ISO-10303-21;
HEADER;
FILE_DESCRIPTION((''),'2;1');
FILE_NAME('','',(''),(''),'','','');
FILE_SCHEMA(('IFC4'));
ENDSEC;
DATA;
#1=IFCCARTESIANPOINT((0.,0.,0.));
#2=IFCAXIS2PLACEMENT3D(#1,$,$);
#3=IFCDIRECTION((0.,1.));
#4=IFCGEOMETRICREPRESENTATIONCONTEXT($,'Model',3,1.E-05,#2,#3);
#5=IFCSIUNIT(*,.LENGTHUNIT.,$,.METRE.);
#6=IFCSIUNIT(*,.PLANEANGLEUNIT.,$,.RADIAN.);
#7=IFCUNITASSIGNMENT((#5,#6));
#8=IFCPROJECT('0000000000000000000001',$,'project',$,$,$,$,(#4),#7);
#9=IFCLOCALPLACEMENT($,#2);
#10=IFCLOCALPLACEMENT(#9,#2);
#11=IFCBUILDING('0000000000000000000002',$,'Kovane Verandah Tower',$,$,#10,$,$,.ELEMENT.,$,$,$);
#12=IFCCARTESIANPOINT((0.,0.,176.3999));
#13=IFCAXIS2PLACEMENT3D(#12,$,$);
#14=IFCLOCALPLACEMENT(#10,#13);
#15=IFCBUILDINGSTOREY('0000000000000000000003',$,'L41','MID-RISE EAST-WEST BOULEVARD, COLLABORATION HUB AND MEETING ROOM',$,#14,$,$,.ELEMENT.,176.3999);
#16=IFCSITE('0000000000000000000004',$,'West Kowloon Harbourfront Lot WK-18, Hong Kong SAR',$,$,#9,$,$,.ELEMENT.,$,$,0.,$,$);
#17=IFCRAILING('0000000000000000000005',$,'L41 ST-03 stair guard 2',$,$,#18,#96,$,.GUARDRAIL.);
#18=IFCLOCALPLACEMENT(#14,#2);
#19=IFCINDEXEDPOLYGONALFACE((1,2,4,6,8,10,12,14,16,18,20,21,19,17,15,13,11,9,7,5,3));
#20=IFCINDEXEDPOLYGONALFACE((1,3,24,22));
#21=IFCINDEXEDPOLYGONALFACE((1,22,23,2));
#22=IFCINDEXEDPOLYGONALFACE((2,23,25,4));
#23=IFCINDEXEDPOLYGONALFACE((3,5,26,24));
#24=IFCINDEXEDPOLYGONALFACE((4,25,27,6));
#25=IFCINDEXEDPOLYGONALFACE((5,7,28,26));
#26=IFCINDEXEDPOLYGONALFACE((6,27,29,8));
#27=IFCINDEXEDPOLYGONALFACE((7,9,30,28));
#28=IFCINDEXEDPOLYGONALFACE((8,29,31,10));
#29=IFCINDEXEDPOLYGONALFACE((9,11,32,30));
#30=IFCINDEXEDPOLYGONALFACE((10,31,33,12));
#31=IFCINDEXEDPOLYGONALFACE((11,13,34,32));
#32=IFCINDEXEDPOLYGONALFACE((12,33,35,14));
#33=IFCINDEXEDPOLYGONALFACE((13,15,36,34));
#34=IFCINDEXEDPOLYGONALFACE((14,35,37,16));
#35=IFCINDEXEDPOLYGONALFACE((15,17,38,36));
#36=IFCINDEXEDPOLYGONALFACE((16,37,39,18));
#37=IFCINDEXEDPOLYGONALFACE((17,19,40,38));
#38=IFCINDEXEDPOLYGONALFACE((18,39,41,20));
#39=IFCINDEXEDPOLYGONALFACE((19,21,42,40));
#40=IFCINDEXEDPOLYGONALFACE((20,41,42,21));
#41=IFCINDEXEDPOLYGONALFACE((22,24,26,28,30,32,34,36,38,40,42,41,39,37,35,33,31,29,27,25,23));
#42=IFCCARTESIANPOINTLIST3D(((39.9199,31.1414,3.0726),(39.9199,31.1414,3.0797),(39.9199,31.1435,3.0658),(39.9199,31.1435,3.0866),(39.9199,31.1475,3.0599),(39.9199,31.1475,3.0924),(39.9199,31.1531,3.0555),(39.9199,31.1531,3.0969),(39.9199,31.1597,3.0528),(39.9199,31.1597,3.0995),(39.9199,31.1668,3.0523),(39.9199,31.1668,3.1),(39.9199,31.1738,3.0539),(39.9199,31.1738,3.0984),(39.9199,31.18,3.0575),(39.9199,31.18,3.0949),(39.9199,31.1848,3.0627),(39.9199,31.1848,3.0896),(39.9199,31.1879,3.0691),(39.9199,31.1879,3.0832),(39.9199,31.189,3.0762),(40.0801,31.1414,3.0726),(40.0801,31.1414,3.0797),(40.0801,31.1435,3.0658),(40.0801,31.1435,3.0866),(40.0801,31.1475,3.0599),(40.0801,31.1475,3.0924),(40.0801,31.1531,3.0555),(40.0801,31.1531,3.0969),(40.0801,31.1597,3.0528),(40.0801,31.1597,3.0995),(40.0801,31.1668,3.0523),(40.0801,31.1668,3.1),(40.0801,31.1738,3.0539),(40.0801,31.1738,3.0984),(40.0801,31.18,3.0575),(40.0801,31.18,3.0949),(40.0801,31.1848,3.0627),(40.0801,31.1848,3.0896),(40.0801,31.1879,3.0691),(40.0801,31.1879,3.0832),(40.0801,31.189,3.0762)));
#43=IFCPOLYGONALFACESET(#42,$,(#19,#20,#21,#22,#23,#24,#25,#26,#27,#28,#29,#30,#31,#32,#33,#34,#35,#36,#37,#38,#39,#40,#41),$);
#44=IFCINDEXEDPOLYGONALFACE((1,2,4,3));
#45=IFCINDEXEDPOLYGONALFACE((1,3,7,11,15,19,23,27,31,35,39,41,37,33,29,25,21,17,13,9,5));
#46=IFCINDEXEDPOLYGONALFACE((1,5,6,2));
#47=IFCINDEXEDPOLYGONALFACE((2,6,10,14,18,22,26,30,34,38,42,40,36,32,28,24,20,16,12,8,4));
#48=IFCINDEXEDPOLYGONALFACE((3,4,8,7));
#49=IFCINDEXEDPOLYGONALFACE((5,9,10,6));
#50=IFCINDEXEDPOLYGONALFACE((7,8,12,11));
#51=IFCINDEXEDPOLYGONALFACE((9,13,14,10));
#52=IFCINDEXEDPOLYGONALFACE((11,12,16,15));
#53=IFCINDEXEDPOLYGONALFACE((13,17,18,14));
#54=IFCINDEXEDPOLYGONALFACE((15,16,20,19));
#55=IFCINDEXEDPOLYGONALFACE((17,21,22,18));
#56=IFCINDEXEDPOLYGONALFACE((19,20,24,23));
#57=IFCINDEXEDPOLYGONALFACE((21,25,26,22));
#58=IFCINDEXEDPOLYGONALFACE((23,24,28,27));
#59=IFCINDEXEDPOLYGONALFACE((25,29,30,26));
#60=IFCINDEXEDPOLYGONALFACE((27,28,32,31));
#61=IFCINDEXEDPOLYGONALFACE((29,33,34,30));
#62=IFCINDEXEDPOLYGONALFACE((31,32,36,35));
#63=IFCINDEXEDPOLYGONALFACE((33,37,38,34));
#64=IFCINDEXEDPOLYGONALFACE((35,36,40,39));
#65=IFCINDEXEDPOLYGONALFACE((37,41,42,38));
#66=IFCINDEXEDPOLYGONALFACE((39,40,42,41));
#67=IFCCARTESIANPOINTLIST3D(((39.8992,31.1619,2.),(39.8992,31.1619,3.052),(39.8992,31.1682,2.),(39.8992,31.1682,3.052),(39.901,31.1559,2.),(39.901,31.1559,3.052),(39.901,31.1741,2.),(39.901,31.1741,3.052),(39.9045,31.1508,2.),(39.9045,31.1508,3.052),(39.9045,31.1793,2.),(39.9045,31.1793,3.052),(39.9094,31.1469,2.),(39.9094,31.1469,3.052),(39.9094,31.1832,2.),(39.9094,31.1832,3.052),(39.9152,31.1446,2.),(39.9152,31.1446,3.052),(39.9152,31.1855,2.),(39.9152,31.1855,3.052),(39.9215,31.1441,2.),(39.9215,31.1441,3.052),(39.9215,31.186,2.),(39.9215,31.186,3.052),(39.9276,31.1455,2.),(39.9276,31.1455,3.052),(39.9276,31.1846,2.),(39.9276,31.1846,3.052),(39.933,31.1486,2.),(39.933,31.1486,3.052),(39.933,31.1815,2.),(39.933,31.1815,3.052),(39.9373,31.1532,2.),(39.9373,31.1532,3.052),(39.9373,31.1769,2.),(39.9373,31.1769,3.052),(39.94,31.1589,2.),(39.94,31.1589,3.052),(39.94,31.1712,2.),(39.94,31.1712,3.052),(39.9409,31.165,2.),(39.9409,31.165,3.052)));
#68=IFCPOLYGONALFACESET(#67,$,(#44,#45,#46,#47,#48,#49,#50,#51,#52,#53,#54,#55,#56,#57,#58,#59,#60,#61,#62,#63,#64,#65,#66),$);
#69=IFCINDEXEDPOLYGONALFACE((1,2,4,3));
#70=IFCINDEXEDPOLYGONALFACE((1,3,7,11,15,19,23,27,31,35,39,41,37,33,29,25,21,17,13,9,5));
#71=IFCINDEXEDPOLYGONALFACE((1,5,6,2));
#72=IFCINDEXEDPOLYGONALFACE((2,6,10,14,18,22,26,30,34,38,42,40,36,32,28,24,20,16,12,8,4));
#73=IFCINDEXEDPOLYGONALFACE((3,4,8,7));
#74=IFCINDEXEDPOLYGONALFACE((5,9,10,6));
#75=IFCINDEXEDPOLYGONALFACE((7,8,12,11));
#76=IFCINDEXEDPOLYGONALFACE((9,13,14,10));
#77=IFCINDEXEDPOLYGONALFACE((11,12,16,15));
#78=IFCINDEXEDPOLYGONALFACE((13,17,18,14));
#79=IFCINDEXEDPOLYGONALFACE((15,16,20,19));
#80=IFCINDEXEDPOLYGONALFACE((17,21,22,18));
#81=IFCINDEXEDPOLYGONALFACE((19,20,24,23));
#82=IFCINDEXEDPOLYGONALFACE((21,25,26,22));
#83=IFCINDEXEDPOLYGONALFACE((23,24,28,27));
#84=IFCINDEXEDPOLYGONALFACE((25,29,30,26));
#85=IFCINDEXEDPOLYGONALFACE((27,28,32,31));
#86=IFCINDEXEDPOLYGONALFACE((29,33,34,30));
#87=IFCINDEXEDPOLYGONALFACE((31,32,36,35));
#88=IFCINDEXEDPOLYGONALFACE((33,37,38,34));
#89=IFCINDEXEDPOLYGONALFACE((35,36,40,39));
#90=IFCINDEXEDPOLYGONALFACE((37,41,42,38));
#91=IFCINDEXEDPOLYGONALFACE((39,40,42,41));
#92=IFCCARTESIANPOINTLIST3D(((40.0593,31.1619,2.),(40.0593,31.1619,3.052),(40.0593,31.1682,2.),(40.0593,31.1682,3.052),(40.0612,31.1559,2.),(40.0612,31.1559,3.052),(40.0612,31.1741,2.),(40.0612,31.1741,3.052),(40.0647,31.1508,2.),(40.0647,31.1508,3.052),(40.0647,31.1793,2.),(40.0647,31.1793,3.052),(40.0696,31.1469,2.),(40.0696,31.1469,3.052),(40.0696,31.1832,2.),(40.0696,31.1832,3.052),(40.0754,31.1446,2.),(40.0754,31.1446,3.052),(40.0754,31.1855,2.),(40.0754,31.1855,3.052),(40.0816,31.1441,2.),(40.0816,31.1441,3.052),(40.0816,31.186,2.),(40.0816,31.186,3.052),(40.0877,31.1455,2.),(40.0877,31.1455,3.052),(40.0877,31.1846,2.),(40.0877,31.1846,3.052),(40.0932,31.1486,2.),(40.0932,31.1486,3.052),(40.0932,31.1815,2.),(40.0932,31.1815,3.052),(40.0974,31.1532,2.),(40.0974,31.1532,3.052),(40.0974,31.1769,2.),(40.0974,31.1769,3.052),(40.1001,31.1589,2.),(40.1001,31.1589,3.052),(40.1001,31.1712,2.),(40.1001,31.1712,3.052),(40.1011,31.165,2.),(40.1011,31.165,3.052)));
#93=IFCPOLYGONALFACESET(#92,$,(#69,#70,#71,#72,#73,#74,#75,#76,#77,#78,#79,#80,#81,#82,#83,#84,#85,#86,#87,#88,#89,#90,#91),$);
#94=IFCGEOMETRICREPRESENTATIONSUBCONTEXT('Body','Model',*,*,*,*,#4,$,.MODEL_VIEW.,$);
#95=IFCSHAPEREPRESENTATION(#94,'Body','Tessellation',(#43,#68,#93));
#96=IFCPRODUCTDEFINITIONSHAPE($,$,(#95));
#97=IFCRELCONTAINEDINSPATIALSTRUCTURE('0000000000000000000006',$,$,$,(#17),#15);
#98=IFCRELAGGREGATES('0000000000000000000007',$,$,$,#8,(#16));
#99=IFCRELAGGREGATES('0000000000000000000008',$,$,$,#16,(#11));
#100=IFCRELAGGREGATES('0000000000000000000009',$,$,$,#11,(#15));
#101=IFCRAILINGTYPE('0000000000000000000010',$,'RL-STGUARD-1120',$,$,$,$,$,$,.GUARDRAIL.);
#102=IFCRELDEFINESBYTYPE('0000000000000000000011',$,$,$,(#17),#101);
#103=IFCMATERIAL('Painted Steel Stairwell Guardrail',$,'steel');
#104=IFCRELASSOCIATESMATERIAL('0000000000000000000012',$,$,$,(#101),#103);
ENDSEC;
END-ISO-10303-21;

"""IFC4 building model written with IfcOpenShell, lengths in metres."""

from ifc_helpers import new_model, si_unit, direction, frame, origin, origin_2d, place, context, subcontext, project, spatial, circle, extrude, material, type_object, element, save


model = new_model("IFC4")

# Units and contexts
model_context = context("Model", 3, precision=1e-05, world=origin(), true_north=direction((0.0, 1.0)))
body_context = subcontext(model_context, "Body", "Model", "MODEL_VIEW")
ifc_project = project(units=[si_unit("LENGTHUNIT", "METRE"), si_unit("PLANEANGLEUNIT", "RADIAN")], contexts=[model_context])

# Site, building, storey
site_placement = place(None, origin())
site = spatial("IfcSite", under=ifc_project, at=site_placement, Name="West Kowloon Harbourfront Lot WK-18, Hong Kong SAR", CompositionType="ELEMENT", RefElevation=0.0)
building_placement = place(site_placement, origin())
building = spatial("IfcBuilding", under=site, at=building_placement, Name="Kovane Verandah Tower", CompositionType="ELEMENT")
storey_placement = place(building_placement, frame((0.0, 0.0, 176.3999)))
storey = spatial("IfcBuildingStorey", under=building, at=storey_placement, Name="L41", Description="MID-RISE EAST-WEST BOULEVARD, COLLABORATION HUB AND MEETING ROOM", CompositionType="ELEMENT", Elevation=176.3999)

# Railing
ifc_material_1 = material(Name="Painted Steel Stairwell Guardrail", Category="steel")
railing_type_1 = type_object("IfcRailingType", Name="RL-STGUARD-1120", PredefinedType="GUARDRAIL", material=ifc_material_1)
railing_1_placement = place(storey_placement, frame((39.9199, 31.165, 2.0)))
element("IfcRailing", 1, at=railing_1_placement, inside=storey, type_object=railing_type_1, Name="L41 ST-03 stair guard 2", PredefinedType="GUARDRAIL", context=body_context, shape_type="SweptSolid", body=[
    extrude(circle(Radius=0.0239, at=origin_2d()), frame((0.0, 0.0, 1.0762), z_axis=(1.0, 0.0, 0.0), x_axis=(0.0, 1.0, 0.0)), (0.0, 0.0, 1.0), 0.1602),
    extrude(circle(Radius=0.021, at=origin_2d()), origin(), (0.0, 0.0, 1.0), 1.052),
    extrude(circle(Radius=0.021, at=origin_2d()), frame((0.1602, 0.0, 0.0)), (0.0, 0.0, 1.0), 1.052),
])

save(model, "model.ifc")
